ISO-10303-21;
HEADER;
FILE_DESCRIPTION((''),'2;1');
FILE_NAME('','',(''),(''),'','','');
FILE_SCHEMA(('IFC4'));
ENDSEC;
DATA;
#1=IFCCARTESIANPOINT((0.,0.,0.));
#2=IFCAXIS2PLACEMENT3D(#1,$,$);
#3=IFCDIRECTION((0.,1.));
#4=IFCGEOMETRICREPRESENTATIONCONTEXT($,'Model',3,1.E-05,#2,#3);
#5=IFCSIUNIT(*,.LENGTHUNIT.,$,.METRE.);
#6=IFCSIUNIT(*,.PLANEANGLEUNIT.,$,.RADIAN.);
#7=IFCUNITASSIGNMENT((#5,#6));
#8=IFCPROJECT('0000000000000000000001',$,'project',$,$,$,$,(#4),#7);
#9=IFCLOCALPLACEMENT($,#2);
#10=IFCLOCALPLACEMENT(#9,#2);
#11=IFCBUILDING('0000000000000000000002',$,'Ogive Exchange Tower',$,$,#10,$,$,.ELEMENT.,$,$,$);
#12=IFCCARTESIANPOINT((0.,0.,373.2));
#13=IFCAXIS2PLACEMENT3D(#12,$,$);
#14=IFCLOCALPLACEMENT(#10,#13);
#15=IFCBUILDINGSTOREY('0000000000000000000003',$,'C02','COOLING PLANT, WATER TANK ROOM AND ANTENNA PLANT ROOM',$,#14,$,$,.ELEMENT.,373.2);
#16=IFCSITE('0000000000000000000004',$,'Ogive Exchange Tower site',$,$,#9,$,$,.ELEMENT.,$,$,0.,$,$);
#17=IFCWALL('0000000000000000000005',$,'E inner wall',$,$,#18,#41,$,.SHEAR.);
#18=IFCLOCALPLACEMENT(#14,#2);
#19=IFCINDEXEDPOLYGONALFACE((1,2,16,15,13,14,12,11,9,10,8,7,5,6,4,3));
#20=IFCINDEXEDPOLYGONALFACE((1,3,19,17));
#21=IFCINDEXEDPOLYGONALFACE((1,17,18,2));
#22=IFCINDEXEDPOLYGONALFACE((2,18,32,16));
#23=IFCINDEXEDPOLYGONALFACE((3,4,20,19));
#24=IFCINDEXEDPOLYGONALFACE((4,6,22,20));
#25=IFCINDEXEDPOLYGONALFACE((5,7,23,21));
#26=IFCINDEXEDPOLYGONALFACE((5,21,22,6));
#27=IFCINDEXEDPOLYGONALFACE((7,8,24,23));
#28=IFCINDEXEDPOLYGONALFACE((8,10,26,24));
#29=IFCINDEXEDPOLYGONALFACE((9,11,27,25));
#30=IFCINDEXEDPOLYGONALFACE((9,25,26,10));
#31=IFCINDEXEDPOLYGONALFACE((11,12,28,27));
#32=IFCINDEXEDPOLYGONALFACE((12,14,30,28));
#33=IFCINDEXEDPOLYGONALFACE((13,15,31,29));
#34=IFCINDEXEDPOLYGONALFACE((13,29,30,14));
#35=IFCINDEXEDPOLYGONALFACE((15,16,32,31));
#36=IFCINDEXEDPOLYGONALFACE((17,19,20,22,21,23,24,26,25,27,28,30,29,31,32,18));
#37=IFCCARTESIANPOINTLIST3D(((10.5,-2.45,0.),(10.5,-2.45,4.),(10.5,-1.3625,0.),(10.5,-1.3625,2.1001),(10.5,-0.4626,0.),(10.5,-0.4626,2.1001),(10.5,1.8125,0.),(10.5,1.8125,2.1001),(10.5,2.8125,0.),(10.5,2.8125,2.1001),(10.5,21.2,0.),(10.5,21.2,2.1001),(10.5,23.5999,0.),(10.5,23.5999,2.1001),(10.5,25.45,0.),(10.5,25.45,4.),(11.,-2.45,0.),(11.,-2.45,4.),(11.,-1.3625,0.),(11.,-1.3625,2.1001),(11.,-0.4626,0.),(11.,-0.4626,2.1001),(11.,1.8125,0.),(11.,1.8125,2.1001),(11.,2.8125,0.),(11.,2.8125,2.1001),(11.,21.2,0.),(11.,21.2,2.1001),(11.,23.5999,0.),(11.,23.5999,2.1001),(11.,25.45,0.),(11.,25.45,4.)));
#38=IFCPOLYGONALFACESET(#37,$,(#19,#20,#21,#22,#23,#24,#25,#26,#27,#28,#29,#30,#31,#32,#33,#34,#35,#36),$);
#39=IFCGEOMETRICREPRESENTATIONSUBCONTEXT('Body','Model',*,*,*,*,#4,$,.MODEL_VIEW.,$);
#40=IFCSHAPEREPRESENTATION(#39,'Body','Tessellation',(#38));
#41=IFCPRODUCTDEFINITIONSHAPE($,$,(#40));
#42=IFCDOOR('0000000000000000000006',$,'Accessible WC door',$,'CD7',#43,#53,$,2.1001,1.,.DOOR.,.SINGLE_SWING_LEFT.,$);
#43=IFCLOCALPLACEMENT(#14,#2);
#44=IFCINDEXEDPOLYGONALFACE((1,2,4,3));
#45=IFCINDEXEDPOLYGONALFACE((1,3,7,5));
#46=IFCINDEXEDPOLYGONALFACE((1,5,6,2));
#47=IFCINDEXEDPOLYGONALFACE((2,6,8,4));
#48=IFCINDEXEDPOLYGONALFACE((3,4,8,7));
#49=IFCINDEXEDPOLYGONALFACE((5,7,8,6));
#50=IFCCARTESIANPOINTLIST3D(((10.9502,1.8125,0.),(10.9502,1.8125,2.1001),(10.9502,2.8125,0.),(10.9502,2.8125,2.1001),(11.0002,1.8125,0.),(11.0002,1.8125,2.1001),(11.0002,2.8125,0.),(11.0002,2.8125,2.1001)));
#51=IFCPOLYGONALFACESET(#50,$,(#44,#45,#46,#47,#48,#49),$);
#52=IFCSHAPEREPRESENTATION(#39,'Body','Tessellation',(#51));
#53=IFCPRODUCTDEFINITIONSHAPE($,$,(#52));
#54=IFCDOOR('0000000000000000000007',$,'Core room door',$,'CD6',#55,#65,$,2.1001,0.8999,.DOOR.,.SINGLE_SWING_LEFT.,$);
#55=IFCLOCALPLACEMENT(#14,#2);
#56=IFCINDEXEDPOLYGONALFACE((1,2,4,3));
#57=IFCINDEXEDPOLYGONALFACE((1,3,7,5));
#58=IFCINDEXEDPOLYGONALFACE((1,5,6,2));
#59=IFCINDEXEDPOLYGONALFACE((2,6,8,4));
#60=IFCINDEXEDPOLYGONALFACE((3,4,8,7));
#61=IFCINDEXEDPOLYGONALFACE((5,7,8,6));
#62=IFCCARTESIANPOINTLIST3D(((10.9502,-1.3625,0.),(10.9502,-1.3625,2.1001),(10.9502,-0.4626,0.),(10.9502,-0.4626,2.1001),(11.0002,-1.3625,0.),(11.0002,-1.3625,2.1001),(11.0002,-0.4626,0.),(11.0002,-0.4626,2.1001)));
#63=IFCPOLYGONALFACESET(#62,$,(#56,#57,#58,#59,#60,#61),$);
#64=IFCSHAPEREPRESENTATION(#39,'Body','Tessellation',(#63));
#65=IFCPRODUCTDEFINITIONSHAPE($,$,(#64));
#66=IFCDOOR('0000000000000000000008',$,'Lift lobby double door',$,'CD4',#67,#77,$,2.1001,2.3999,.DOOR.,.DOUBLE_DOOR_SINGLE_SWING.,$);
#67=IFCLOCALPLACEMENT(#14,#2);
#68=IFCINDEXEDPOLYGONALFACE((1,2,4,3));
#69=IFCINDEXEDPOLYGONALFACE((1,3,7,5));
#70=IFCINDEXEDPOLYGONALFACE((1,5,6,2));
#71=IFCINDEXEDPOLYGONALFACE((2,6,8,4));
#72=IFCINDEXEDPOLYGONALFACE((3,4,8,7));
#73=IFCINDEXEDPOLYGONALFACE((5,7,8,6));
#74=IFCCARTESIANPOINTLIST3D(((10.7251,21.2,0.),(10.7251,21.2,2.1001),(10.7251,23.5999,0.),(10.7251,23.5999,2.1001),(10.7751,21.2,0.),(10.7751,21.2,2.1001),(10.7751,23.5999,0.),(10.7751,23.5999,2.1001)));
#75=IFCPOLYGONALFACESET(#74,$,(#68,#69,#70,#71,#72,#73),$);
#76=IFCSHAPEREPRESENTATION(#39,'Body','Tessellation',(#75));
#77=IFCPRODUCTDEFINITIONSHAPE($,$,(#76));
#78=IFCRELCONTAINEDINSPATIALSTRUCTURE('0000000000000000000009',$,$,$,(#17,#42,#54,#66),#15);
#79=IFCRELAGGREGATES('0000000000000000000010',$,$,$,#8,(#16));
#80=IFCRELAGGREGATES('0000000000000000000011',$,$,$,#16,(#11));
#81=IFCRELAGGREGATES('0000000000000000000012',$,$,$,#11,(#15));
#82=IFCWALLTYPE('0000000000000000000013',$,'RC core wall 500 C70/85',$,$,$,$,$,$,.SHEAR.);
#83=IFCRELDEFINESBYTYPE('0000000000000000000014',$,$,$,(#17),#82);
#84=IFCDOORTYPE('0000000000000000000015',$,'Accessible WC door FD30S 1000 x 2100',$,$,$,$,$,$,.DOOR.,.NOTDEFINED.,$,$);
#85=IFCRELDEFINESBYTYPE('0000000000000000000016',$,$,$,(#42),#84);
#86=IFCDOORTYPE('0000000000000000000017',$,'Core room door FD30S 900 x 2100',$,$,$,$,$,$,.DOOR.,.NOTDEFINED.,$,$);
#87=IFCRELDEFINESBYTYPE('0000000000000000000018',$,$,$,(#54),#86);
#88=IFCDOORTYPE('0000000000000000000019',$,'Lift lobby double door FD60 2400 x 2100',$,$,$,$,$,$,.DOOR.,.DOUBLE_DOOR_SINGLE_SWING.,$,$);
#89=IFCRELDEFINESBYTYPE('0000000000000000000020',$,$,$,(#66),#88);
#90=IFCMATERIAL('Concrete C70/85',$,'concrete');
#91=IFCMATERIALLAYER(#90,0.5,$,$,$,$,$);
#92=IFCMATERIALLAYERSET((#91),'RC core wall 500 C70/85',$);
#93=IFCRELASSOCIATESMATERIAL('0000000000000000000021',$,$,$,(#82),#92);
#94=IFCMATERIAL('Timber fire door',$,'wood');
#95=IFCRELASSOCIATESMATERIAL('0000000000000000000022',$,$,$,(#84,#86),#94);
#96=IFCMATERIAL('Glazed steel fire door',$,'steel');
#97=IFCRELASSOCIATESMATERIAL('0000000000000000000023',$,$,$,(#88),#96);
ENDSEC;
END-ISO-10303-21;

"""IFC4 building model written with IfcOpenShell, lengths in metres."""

from ifc_helpers import new_model, si_unit, direction, frame, frame_2d, origin, place, context, subcontext, project, spatial, rectangle, extrude, material, layer, layer_set, type_object, element, fill, save


model = new_model("IFC4")

# Units and contexts
model_context = context("Model", 3, precision=1e-05, world=origin(), true_north=direction((0.0, 1.0)))
body_context = subcontext(model_context, "Body", "Model", "MODEL_VIEW")
ifc_project = project(units=[si_unit("LENGTHUNIT", "METRE"), si_unit("PLANEANGLEUNIT", "RADIAN")], contexts=[model_context])

# Site, building, storey
site_placement = place(None, origin())
site = spatial("IfcSite", under=ifc_project, at=site_placement, Name="Ogive Exchange Tower site", CompositionType="ELEMENT", RefElevation=0.0)
building_placement = place(site_placement, origin())
building = spatial("IfcBuilding", under=site, at=building_placement, Name="Ogive Exchange Tower", CompositionType="ELEMENT")
storey_placement = place(building_placement, frame((0.0, 0.0, 373.2)))
storey = spatial("IfcBuildingStorey", under=building, at=storey_placement, Name="C02", Description="COOLING PLANT, WATER TANK ROOM AND ANTENNA PLANT ROOM", CompositionType="ELEMENT", Elevation=373.2)

# Shared definitions
ifc_material_1 = material(Name="Concrete C70/85", Category="concrete")

# Wall, openings, doors
ifc_layer_1 = layer(ifc_material_1, 0.5)
ifc_layer_set_1 = layer_set([ifc_layer_1], Name="RC core wall 500 C70/85")
wall_type_1 = type_object("IfcWallType", Name="RC core wall 500 C70/85", PredefinedType="SHEAR", material=ifc_layer_set_1)
wall_1_placement = place(storey_placement, frame((10.75, -2.45, 0.0), z_axis=(0.0, 0.0, 1.0), x_axis=(0.0, 1.0, 0.0)))
wall_1 = element("IfcWall", 1, at=wall_1_placement, inside=storey, type_object=wall_type_1, Name="E inner wall", PredefinedType="SHEAR", context=body_context, shape_type="SweptSolid", body=[
    extrude(rectangle(XDim=27.8999, YDim=0.5, at=frame_2d((13.95, 0.0))), origin(), (0.0, 0.0, 1.0), 4.0),
])
opening_1_placement = place(wall_1_placement, frame((23.6499, 0.0, 0.0)))
opening_1 = element("IfcOpeningElement", 2, at=opening_1_placement, cuts=wall_1, PredefinedType="OPENING", context=body_context, shape_type="SweptSolid", body=[
    extrude(rectangle(XDim=2.3999, YDim=2.1001, at=frame_2d((1.2, 1.05))), frame((0.0, 0.26, 0.0), z_axis=(0.0, -1.0, 0.0), x_axis=(1.0, 0.0, 0.0)), (0.0, 0.0, 1.0), 0.52),
])
opening_2_placement = place(wall_1_placement, frame((1.0874, 0.0, 0.0)))
opening_2 = element("IfcOpeningElement", 3, at=opening_2_placement, cuts=wall_1, PredefinedType="OPENING", context=body_context, shape_type="SweptSolid", body=[
    extrude(rectangle(XDim=0.8999, YDim=2.1001, at=frame_2d((0.45, 1.05))), frame((0.0, 0.26, 0.0), z_axis=(0.0, -1.0, 0.0), x_axis=(1.0, 0.0, 0.0)), (0.0, 0.0, 1.0), 0.52),
])
opening_3_placement = place(wall_1_placement, frame((4.2625, 0.0, 0.0)))
opening_3 = element("IfcOpeningElement", 4, at=opening_3_placement, cuts=wall_1, PredefinedType="OPENING", context=body_context, shape_type="SweptSolid", body=[
    extrude(rectangle(XDim=1.0, YDim=2.1001, at=frame_2d((0.5, 1.05))), frame((0.0, 0.26, 0.0), z_axis=(0.0, -1.0, 0.0), x_axis=(1.0, 0.0, 0.0)), (0.0, 0.0, 1.0), 0.52),
])
ifc_material_2 = material(Name="Timber fire door", Category="wood")
door_type_1 = type_object("IfcDoorType", Name="Accessible WC door FD30S 1000 x 2100", OperationType="NOTDEFINED", PredefinedType="DOOR", material=ifc_material_2)
door_1_placement = place(opening_3_placement, origin())
door_1 = element("IfcDoor", 5, at=door_1_placement, inside=storey, type_object=door_type_1, Name="Accessible WC door", ObjectType="CD7", OperationType="SINGLE_SWING_LEFT", OverallHeight=2.1001, OverallWidth=1.0, PredefinedType="DOOR", context=body_context, shape_type="SweptSolid", body=[
    extrude(rectangle(XDim=1.0, YDim=2.1001, at=frame_2d((0.5, 1.05))), frame((0.0, -0.2002, 0.0), z_axis=(0.0, -1.0, 0.0), x_axis=(1.0, 0.0, 0.0)), (0.0, 0.0, 1.0), 0.05),
])
fill(opening_3, door_1)
door_type_2 = type_object("IfcDoorType", Name="Core room door FD30S 900 x 2100", OperationType="NOTDEFINED", PredefinedType="DOOR", material=ifc_material_2)
door_2_placement = place(opening_2_placement, origin())
door_2 = element("IfcDoor", 6, at=door_2_placement, inside=storey, type_object=door_type_2, Name="Core room door", ObjectType="CD6", OperationType="SINGLE_SWING_LEFT", OverallHeight=2.1001, OverallWidth=0.8999, PredefinedType="DOOR", context=body_context, shape_type="SweptSolid", body=[
    extrude(rectangle(XDim=0.8999, YDim=2.1001, at=frame_2d((0.45, 1.05))), frame((0.0, -0.2002, 0.0), z_axis=(0.0, -1.0, 0.0), x_axis=(1.0, 0.0, 0.0)), (0.0, 0.0, 1.0), 0.05),
])
fill(opening_2, door_2)
ifc_material_3 = material(Name="Glazed steel fire door", Category="steel")
door_type_3 = type_object("IfcDoorType", Name="Lift lobby double door FD60 2400 x 2100", OperationType="DOUBLE_DOOR_SINGLE_SWING", PredefinedType="DOOR", material=ifc_material_3)
door_3_placement = place(opening_1_placement, origin())
door_3 = element("IfcDoor", 7, at=door_3_placement, inside=storey, type_object=door_type_3, Name="Lift lobby double door", ObjectType="CD4", OperationType="DOUBLE_DOOR_SINGLE_SWING", OverallHeight=2.1001, OverallWidth=2.3999, PredefinedType="DOOR", context=body_context, shape_type="SweptSolid", body=[
    extrude(rectangle(XDim=2.3999, YDim=2.1001, at=frame_2d((1.2, 1.05))), frame((0.0, 0.0249, 0.0), z_axis=(0.0, -1.0, 0.0), x_axis=(1.0, 0.0, 0.0)), (0.0, 0.0, 1.0), 0.05),
])
fill(opening_1, door_3)

save(model, "model.ifc")
